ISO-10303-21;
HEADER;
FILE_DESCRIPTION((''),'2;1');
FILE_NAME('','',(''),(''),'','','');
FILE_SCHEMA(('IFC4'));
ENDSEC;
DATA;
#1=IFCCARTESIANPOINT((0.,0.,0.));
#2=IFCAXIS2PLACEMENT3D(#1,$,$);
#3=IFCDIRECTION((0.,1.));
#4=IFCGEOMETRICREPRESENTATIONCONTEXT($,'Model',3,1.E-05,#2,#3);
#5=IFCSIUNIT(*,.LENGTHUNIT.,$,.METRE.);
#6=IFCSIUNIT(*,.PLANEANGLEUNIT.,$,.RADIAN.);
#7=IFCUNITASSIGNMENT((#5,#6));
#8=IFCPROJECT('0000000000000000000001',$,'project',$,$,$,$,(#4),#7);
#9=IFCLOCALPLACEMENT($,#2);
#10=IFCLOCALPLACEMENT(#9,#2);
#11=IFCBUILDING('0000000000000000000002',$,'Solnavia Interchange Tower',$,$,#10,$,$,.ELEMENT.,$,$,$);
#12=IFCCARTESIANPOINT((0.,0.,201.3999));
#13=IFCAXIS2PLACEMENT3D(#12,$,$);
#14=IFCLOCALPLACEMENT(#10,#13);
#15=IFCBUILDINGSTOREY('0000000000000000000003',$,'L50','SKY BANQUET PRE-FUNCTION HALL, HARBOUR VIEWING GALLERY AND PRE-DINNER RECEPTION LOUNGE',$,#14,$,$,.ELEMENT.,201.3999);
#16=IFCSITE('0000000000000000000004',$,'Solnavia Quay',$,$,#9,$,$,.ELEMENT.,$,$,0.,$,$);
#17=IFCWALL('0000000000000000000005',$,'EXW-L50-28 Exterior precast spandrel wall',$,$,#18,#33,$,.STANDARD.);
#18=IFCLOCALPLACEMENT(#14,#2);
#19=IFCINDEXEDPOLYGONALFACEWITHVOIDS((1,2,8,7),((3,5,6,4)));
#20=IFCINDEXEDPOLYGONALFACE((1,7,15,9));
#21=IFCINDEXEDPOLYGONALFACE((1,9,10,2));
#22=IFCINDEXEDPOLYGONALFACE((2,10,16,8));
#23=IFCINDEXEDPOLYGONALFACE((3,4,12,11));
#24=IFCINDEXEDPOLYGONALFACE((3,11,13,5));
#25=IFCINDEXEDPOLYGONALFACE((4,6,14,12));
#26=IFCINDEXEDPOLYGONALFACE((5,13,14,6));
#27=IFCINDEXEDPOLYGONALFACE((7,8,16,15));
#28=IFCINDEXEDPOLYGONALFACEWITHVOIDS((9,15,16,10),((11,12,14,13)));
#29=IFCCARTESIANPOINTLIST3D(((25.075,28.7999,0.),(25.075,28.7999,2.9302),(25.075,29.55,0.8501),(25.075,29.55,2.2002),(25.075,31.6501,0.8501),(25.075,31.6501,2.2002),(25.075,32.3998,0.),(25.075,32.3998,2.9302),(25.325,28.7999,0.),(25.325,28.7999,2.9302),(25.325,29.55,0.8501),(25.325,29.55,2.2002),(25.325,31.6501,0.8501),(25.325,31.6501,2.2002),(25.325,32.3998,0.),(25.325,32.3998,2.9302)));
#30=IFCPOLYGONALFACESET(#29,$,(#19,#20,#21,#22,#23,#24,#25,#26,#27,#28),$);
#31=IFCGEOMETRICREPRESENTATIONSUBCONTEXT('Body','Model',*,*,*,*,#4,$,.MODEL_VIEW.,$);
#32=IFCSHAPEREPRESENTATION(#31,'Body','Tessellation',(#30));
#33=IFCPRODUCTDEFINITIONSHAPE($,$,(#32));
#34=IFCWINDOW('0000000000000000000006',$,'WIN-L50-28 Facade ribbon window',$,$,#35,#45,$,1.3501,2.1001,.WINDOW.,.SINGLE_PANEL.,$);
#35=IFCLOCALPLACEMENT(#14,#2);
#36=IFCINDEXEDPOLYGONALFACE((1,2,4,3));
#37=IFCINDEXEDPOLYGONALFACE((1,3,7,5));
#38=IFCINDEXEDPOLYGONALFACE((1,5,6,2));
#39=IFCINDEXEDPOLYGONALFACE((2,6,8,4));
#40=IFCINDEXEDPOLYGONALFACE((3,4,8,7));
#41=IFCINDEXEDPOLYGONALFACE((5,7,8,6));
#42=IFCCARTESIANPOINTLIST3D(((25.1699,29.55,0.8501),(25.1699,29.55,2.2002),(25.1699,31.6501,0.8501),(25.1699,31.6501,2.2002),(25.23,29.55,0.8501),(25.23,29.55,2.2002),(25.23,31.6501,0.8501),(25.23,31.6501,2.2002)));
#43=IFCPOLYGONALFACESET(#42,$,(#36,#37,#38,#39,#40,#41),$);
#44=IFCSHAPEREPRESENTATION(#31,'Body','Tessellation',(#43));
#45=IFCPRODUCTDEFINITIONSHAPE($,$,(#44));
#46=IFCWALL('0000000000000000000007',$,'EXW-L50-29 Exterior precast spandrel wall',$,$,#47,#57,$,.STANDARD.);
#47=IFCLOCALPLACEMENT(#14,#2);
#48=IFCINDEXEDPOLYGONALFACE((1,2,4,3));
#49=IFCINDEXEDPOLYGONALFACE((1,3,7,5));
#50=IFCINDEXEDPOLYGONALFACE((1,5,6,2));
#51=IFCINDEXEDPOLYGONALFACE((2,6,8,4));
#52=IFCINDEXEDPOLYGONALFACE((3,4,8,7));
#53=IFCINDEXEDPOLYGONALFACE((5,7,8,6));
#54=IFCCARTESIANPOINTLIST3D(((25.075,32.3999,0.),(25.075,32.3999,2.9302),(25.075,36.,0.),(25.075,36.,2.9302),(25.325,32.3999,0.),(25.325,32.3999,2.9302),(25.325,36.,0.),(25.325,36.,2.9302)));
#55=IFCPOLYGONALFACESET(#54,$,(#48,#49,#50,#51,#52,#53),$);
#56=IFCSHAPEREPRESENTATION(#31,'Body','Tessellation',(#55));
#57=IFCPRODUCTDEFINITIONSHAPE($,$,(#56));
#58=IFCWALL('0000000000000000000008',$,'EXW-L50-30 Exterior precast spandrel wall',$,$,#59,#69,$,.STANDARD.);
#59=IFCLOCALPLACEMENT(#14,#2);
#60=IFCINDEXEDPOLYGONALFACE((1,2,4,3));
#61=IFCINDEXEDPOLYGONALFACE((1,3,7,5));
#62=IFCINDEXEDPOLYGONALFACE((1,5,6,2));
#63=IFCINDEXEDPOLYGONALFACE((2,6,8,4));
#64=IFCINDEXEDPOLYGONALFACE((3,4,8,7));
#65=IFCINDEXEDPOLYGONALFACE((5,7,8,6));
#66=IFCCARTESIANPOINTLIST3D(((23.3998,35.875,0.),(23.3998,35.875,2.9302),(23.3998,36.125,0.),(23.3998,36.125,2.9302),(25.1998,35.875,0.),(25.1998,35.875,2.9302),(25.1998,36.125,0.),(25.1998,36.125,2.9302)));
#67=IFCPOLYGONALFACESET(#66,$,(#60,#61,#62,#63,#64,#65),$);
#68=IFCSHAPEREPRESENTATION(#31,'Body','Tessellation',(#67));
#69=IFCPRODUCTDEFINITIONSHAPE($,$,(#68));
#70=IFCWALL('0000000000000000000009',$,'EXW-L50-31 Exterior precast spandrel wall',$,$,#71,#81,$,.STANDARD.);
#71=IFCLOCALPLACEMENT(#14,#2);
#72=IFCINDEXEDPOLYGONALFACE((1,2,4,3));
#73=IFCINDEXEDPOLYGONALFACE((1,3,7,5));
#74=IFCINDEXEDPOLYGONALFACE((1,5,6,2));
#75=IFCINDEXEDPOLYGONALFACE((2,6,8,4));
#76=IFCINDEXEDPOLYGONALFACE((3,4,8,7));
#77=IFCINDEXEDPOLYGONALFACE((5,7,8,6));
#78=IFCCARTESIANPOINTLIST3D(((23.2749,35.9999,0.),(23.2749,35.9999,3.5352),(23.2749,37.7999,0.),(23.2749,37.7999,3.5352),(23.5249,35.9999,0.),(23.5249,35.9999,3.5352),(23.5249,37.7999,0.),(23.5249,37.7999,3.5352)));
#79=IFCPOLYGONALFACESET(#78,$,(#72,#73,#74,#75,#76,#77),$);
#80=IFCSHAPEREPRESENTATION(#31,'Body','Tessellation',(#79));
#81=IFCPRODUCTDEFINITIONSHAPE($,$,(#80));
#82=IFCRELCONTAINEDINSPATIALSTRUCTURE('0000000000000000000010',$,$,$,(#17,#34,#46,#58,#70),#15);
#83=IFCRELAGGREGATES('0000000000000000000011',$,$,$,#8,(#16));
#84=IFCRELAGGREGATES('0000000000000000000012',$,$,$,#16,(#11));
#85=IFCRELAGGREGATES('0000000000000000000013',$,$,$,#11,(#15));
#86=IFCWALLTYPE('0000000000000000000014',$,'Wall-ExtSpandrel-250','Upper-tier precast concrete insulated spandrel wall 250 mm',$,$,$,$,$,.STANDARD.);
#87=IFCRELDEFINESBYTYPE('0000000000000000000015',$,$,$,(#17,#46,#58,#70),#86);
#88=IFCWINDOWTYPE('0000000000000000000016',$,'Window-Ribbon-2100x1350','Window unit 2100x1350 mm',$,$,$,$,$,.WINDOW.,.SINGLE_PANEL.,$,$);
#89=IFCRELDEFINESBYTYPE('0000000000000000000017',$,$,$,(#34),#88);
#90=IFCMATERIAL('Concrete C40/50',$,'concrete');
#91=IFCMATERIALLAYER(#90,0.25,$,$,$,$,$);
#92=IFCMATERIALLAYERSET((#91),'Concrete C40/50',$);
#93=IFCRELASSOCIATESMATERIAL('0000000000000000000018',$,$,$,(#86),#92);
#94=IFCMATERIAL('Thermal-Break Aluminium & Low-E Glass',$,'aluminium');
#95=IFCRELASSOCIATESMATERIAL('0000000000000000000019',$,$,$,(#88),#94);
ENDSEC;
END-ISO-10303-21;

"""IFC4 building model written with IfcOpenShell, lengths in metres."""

from ifc_helpers import new_model, si_unit, direction, frame, frame_2d, origin, place, context, subcontext, project, spatial, rectangle, extrude, material, layer, layer_set, type_object, element, fill, save


model = new_model("IFC4")

# Units and contexts
model_context = context("Model", 3, precision=1e-05, world=origin(), true_north=direction((0.0, 1.0)))
body_context = subcontext(model_context, "Body", "Model", "MODEL_VIEW")
ifc_project = project(units=[si_unit("LENGTHUNIT", "METRE"), si_unit("PLANEANGLEUNIT", "RADIAN")], contexts=[model_context])

# Site, building, storey
site_placement = place(None, origin())
site = spatial("IfcSite", under=ifc_project, at=site_placement, Name="Solnavia Quay", CompositionType="ELEMENT", RefElevation=0.0)
building_placement = place(site_placement, origin())
building = spatial("IfcBuilding", under=site, at=building_placement, Name="Solnavia Interchange Tower", CompositionType="ELEMENT")
storey_placement = place(building_placement, frame((0.0, 0.0, 201.3999)))
storey = spatial("IfcBuildingStorey", under=building, at=storey_placement, Name="L50", Description="SKY BANQUET PRE-FUNCTION HALL, HARBOUR VIEWING GALLERY AND PRE-DINNER RECEPTION LOUNGE", CompositionType="ELEMENT", Elevation=201.3999)

# Shared definitions
ifc_material_1 = material(Name="Concrete C40/50", Category="concrete")
ifc_layer = layer(ifc_material_1, 0.25)
ifc_layer_set = layer_set([ifc_layer], Name="Concrete C40/50")
wall_type = type_object("IfcWallType", Name="Wall-ExtSpandrel-250", Description="Upper-tier precast concrete insulated spandrel wall 250 mm", PredefinedType="STANDARD", material=ifc_layer_set)

# Wall, opening, window
wall_1_placement = place(storey_placement, frame((25.2, 28.8, 0.0), z_axis=(0.0, 0.0, 1.0), x_axis=(0.0, 1.0, 0.0)))
wall_1 = element("IfcWall", 1, at=wall_1_placement, inside=storey, type_object=wall_type, Name="EXW-L50-28 Exterior precast spandrel wall", PredefinedType="STANDARD", context=body_context, shape_type="SweptSolid", body=[
    extrude(rectangle(XDim=3.5999, YDim=0.25, at=frame_2d((1.7998, 0.0))), origin(), (0.0, 0.0, 1.0), 2.9302),
])
opening_placement = place(wall_1_placement, frame((0.75, 0.0, 0.8501)))
opening = element("IfcOpeningElement", 2, at=opening_placement, cuts=wall_1, PredefinedType="OPENING", context=body_context, shape_type="SweptSolid", body=[
    extrude(rectangle(XDim=2.1001, YDim=1.3501, at=frame_2d((1.05, 0.675))), frame((0.0, 0.135, 0.0), z_axis=(0.0, -1.0, 0.0), x_axis=(1.0, 0.0, 0.0)), (0.0, 0.0, 1.0), 0.27),
])
ifc_material_2 = material(Name="Thermal-Break Aluminium & Low-E Glass", Category="aluminium")
window_type = type_object("IfcWindowType", Name="Window-Ribbon-2100x1350", Description="Window unit 2100x1350 mm", PartitioningType="SINGLE_PANEL", PredefinedType="WINDOW", material=ifc_material_2)
window_placement = place(opening_placement, origin())
window = element("IfcWindow", 3, at=window_placement, inside=storey, type_object=window_type, Name="WIN-L50-28 Facade ribbon window", OverallHeight=1.3501, OverallWidth=2.1001, PartitioningType="SINGLE_PANEL", PredefinedType="WINDOW", context=body_context, shape_type="SweptSolid", body=[
    extrude(rectangle(XDim=2.1001, YDim=1.3501, at=frame_2d((1.05, 0.675))), frame((0.0, 0.03, 0.0), z_axis=(0.0, -1.0, 0.0), x_axis=(1.0, 0.0, 0.0)), (0.0, 0.0, 1.0), 0.0601),
])
fill(opening, window)

# Walls
wall_2_placement = place(storey_placement, frame((25.2, 32.3999, 0.0), z_axis=(0.0, 0.0, 1.0), x_axis=(0.0, 1.0, 0.0)))
element("IfcWall", 4, at=wall_2_placement, inside=storey, type_object=wall_type, Name="EXW-L50-29 Exterior precast spandrel wall", PredefinedType="STANDARD", context=body_context, shape_type="SweptSolid", body=[
    extrude(rectangle(XDim=3.6001, YDim=0.25, at=frame_2d((1.8, 0.0))), origin(), (0.0, 0.0, 1.0), 2.9302),
])
wall_3_placement = place(storey_placement, frame((23.3999, 36.0, 0.0), z_axis=(0.0, 0.0, 1.0), x_axis=(1.0, 0.0, 0.0)))
element("IfcWall", 5, at=wall_3_placement, inside=storey, type_object=wall_type, Name="EXW-L50-30 Exterior precast spandrel wall", PredefinedType="STANDARD", context=body_context, shape_type="SweptSolid", body=[
    extrude(rectangle(XDim=1.8, YDim=0.25, at=frame_2d((0.8999, 0.0))), origin(), (0.0, 0.0, 1.0), 2.9302),
])
wall_4_placement = place(storey_placement, frame((23.3999, 36.0, 0.0), z_axis=(0.0, 0.0, 1.0), x_axis=(0.0, 1.0, 0.0)))
element("IfcWall", 6, at=wall_4_placement, inside=storey, type_object=wall_type, Name="EXW-L50-31 Exterior precast spandrel wall", PredefinedType="STANDARD", context=body_context, shape_type="SweptSolid", body=[
    extrude(rectangle(XDim=1.8, YDim=0.25, at=frame_2d((0.8999, 0.0))), origin(), (0.0, 0.0, 1.0), 3.5352),
])

save(model, "model.ifc")
